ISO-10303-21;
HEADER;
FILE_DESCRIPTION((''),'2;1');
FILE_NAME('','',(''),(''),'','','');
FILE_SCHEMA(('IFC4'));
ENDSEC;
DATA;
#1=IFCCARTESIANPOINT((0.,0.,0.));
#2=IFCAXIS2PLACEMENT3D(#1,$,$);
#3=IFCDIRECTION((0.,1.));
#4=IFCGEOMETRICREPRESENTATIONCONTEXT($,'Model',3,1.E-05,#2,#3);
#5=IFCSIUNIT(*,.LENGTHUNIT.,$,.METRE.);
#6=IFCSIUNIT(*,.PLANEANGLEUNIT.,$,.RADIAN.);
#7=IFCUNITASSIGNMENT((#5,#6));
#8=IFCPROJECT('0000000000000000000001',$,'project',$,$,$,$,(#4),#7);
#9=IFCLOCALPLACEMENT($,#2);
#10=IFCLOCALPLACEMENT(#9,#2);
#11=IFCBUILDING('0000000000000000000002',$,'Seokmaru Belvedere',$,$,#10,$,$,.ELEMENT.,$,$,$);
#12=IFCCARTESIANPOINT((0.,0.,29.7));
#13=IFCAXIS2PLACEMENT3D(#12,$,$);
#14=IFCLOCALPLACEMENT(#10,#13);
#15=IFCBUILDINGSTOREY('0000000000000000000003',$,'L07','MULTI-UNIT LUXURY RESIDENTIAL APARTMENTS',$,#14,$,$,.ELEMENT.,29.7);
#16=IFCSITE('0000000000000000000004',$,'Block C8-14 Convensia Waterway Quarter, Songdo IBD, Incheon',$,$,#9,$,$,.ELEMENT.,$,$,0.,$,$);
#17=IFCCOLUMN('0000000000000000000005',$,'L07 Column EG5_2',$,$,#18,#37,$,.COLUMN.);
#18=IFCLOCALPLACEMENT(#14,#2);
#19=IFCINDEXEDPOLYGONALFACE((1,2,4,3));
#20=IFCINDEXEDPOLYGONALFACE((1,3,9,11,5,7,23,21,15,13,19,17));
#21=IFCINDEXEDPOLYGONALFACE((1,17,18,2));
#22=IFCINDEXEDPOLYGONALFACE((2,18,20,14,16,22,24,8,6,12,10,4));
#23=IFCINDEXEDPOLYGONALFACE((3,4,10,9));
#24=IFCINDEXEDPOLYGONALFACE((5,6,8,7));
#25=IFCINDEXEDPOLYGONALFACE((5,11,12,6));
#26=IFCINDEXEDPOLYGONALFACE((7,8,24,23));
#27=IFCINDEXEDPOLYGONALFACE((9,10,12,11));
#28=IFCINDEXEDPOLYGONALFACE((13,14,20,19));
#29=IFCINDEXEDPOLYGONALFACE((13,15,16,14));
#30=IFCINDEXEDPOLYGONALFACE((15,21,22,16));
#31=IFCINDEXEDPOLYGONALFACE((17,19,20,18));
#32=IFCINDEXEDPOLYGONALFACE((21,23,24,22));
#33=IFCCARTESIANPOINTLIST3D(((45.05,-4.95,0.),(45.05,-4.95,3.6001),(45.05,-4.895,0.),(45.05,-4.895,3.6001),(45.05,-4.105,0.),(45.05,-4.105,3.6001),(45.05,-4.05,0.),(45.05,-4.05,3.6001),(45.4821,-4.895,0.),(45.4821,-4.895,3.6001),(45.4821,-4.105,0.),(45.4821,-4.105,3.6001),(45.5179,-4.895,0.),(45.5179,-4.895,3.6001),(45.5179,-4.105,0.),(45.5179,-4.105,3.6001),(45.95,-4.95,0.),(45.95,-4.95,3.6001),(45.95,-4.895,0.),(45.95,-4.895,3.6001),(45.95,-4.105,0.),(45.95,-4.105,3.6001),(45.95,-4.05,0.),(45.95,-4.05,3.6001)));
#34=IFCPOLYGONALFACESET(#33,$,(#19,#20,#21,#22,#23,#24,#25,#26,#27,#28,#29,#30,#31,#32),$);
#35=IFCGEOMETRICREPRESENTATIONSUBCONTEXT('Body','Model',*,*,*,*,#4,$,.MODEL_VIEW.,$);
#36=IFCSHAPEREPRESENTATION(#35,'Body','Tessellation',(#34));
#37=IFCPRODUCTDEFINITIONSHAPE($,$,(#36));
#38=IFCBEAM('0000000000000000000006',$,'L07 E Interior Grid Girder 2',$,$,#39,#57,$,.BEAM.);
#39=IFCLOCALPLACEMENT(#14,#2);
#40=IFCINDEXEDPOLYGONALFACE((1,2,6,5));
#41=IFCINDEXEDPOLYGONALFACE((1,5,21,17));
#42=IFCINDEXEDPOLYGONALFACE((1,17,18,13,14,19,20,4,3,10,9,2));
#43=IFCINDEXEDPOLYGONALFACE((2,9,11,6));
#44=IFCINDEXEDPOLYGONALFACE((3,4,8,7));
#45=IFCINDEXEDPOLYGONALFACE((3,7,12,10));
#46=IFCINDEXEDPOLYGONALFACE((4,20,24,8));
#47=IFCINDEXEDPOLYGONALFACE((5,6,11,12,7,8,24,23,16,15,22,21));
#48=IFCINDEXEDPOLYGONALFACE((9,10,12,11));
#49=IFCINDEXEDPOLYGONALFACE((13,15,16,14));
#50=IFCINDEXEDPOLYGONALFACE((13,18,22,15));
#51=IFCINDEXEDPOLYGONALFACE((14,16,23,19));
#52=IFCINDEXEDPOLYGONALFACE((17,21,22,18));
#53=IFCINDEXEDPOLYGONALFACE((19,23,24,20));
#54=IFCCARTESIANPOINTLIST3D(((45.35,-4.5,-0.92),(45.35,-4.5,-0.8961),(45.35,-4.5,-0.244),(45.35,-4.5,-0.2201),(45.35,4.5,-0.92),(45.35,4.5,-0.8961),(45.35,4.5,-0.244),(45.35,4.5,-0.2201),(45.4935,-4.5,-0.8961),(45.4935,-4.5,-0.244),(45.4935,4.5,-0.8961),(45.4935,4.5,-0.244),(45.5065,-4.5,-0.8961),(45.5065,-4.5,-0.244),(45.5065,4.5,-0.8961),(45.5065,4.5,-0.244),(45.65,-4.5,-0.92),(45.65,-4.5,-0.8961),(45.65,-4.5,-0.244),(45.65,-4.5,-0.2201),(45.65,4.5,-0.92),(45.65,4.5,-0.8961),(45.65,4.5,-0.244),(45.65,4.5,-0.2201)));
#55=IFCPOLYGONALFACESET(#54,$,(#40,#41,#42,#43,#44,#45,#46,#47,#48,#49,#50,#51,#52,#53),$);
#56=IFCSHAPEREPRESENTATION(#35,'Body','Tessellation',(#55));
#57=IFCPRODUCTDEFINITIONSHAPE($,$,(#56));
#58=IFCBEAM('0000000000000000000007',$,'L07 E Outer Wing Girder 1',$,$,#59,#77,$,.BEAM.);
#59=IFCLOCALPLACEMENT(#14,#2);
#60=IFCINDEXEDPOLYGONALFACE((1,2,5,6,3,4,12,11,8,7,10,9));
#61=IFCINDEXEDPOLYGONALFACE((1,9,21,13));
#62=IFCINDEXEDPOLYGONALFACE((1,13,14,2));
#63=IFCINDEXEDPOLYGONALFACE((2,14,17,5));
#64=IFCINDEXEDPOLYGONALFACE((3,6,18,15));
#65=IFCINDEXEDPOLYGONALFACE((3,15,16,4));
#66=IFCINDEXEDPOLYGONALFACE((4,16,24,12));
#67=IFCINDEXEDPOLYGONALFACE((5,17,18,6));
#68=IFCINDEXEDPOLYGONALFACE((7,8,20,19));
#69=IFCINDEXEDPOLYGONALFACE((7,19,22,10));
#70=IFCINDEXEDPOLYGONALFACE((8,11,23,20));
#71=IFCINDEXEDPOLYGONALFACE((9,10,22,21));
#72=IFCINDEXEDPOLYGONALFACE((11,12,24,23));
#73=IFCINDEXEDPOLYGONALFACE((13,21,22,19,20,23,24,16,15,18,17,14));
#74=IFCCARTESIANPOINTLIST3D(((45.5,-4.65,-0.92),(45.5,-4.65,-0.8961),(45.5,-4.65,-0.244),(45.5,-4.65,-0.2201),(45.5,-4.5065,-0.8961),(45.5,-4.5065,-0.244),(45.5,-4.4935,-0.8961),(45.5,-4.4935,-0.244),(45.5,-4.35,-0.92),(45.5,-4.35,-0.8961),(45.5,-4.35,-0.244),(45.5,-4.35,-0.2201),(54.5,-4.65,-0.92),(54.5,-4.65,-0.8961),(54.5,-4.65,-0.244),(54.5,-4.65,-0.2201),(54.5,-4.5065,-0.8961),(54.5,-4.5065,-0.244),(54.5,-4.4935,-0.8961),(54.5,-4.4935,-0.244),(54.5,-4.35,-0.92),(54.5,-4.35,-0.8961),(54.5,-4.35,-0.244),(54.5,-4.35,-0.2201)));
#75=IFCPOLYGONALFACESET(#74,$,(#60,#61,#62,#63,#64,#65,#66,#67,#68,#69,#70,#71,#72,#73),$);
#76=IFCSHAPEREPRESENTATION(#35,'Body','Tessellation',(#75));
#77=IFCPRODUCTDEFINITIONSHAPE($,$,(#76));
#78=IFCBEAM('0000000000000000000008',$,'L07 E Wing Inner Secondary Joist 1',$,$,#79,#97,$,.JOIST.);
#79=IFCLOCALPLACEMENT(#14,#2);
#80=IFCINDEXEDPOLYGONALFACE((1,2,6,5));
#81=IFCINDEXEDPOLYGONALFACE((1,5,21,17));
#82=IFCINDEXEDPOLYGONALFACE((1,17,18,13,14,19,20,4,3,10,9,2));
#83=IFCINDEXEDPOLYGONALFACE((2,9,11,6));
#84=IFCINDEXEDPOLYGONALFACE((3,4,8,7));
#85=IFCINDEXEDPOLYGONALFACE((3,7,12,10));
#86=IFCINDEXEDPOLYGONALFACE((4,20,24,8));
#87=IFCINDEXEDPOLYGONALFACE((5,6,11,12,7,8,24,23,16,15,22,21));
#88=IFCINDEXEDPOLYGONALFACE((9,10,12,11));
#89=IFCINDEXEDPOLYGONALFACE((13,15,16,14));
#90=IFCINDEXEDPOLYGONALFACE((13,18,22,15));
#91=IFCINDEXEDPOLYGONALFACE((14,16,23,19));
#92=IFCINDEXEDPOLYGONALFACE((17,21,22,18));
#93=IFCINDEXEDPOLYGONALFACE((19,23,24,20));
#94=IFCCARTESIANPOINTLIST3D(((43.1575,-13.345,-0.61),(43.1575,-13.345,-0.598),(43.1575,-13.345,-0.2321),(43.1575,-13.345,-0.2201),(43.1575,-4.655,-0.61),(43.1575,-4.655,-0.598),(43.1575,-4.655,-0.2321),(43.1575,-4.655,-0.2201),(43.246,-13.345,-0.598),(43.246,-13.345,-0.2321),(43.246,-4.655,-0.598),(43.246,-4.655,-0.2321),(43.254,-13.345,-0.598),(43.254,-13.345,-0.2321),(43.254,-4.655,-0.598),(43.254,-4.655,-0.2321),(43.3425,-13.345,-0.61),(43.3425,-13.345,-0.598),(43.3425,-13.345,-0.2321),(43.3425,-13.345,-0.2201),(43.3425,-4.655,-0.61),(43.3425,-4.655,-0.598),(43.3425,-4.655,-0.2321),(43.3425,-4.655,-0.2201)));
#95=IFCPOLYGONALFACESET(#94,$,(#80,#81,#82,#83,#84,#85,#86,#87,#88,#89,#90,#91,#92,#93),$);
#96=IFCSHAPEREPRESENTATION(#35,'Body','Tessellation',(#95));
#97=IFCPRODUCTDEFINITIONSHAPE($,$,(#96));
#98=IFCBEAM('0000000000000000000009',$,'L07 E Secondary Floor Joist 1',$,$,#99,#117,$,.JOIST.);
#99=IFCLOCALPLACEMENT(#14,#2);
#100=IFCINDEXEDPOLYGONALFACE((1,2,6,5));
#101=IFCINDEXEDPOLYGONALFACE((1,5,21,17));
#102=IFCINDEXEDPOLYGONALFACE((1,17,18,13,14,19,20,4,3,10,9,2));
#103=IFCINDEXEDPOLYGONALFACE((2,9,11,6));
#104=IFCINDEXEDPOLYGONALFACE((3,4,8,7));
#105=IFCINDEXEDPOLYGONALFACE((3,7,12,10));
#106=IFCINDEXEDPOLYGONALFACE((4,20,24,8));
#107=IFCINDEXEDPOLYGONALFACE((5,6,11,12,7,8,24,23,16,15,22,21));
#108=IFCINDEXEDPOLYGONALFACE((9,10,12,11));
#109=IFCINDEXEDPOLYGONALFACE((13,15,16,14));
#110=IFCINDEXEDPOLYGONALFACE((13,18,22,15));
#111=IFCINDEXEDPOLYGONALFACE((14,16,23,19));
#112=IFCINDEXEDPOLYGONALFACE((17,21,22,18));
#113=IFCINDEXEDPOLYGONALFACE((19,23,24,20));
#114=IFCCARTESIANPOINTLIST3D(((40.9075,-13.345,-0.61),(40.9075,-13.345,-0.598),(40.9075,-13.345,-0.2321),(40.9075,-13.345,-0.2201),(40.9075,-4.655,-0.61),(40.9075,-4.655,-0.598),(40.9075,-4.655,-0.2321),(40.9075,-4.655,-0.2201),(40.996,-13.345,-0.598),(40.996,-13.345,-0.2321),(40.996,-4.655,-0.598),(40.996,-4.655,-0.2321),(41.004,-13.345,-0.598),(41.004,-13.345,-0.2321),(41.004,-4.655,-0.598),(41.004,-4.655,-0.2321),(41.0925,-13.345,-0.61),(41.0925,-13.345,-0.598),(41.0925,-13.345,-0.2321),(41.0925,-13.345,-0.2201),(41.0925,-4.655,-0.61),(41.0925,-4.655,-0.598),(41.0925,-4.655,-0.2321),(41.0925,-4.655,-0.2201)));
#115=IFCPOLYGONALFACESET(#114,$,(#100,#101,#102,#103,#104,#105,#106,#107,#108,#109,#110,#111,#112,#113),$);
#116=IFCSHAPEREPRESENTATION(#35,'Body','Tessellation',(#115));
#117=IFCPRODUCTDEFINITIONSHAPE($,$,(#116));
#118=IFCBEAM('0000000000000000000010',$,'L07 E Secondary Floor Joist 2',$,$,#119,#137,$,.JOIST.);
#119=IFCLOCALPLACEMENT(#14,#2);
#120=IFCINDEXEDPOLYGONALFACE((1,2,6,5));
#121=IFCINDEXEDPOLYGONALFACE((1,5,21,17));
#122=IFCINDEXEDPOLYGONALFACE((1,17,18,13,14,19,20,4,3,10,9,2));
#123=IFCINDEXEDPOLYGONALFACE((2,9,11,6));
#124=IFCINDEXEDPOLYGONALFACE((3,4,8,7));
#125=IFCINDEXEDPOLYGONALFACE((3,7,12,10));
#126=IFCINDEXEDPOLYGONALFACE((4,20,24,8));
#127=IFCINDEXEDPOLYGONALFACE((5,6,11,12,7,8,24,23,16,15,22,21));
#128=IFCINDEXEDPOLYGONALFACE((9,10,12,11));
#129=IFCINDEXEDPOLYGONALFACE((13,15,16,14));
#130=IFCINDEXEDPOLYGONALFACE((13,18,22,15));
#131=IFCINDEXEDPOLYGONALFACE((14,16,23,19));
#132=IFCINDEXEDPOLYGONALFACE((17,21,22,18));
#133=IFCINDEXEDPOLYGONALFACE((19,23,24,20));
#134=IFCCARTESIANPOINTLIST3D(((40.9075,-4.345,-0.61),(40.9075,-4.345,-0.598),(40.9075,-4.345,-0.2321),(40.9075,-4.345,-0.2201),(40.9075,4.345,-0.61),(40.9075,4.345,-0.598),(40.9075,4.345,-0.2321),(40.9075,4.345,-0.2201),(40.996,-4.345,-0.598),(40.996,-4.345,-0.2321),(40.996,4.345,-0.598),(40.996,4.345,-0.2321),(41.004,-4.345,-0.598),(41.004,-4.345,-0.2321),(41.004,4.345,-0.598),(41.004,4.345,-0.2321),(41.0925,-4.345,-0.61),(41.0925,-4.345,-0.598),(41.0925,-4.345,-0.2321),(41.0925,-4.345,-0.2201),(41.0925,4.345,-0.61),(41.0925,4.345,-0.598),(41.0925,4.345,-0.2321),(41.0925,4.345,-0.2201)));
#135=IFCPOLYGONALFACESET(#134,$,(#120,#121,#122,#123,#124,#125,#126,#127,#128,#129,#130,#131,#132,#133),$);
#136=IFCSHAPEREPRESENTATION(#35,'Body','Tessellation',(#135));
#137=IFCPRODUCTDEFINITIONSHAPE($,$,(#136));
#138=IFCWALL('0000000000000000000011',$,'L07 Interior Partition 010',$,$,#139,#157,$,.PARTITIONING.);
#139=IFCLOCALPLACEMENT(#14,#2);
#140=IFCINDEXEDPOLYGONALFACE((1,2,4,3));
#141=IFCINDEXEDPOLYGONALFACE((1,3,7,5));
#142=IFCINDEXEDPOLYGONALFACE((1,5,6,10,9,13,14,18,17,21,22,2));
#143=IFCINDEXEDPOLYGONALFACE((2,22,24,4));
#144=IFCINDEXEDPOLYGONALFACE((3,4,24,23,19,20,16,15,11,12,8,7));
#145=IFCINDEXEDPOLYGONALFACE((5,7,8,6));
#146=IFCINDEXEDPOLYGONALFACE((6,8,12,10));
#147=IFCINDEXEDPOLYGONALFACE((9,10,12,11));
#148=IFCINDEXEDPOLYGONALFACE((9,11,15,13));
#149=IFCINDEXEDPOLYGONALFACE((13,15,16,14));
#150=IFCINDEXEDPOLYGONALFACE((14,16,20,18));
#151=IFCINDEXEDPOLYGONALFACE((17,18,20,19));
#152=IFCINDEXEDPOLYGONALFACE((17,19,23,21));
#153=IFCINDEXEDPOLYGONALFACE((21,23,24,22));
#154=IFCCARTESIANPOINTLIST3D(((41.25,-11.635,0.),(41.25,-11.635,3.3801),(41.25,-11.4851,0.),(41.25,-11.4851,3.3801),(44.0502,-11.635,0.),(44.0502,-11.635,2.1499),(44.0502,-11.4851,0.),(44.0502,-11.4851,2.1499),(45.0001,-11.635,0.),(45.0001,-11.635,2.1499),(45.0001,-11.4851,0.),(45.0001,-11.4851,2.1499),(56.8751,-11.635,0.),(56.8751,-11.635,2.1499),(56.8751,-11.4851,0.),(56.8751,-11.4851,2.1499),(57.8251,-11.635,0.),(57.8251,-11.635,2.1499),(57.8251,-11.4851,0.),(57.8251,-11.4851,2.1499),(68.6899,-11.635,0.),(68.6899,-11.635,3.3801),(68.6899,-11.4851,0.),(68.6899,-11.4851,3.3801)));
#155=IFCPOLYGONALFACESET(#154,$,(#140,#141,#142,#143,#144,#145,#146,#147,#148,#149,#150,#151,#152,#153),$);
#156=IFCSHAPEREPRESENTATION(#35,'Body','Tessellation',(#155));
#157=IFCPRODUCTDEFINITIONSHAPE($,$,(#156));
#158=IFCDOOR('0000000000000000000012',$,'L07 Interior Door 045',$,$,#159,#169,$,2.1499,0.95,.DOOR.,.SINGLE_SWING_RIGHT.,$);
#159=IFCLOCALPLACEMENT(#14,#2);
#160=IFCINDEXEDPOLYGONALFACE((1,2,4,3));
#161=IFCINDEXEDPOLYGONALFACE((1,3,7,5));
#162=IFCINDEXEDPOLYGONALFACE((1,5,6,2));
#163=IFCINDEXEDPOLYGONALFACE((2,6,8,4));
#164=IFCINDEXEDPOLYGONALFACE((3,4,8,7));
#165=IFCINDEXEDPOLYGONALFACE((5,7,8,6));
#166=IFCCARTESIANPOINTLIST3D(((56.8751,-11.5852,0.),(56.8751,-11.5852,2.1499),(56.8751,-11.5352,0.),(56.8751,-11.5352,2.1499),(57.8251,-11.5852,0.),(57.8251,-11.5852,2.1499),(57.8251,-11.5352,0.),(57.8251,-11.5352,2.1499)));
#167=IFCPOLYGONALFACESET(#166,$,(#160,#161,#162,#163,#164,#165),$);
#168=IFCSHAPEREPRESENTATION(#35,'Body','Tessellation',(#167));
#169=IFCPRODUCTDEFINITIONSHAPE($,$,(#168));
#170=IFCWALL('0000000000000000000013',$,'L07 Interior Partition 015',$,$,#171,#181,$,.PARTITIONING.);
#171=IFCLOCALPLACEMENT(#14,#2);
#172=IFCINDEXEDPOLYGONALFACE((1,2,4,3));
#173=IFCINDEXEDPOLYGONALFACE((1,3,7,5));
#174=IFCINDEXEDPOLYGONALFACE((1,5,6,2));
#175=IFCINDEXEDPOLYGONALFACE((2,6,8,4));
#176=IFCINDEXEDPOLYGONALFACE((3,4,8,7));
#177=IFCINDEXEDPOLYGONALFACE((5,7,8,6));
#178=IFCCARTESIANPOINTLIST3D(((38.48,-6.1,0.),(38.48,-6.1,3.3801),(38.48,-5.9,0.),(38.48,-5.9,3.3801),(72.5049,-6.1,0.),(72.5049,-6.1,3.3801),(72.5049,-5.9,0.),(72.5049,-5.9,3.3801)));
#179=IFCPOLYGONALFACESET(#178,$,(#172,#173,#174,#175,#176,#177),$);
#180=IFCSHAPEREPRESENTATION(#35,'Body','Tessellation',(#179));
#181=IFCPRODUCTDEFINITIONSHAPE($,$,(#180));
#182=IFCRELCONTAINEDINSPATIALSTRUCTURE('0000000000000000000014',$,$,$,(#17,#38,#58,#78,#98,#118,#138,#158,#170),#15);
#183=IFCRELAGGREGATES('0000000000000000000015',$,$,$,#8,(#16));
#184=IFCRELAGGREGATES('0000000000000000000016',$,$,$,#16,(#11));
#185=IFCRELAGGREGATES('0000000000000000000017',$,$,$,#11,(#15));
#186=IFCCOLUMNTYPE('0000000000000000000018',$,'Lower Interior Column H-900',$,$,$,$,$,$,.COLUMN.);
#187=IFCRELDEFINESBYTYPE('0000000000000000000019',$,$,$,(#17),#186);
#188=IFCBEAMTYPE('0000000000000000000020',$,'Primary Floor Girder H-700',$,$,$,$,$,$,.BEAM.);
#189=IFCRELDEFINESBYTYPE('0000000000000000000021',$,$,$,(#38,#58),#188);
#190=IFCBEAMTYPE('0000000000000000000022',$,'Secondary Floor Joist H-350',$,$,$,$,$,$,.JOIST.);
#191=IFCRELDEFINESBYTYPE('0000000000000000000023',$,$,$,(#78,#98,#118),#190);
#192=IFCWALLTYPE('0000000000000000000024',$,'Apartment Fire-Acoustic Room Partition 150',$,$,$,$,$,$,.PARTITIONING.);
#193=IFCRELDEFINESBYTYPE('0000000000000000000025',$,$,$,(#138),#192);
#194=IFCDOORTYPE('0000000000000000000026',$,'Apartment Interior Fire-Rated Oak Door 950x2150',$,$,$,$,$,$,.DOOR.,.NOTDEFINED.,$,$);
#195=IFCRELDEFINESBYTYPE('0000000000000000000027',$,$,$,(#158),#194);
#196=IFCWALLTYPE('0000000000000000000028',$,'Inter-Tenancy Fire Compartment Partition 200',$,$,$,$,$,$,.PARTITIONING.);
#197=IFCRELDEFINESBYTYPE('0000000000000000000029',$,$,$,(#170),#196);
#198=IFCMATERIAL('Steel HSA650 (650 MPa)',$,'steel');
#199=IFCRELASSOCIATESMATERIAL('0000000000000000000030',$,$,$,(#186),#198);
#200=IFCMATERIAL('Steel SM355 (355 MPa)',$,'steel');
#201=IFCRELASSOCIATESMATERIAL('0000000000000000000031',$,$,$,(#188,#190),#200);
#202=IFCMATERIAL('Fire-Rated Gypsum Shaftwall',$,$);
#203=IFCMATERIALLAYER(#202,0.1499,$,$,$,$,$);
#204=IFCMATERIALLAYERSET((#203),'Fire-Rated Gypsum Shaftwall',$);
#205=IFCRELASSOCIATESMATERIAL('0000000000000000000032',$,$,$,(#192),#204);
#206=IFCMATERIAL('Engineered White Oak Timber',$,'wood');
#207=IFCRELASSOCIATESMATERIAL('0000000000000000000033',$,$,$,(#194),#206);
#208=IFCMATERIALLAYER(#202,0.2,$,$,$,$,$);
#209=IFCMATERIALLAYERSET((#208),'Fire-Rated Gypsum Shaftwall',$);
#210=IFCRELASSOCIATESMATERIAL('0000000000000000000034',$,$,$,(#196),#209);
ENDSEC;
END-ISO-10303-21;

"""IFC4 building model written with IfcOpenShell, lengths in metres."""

from ifc_helpers import new_model, si_unit, direction, frame, frame_2d, origin, origin_2d, place, context, subcontext, project, spatial, rectangle, i_section, extrude, source, transform, mapped, material, layer, layer_set, material_profile, profile_set, type_object, type_shapes, element, fill, save


model = new_model("IFC4")

# Units and contexts
model_context = context("Model", 3, precision=1e-05, world=origin(), true_north=direction((0.0, 1.0)))
body_context = subcontext(model_context, "Body", "Model", "MODEL_VIEW")
ifc_project = project(units=[si_unit("LENGTHUNIT", "METRE"), si_unit("PLANEANGLEUNIT", "RADIAN")], contexts=[model_context])

# Site, building, storey
site_placement = place(None, origin())
site = spatial("IfcSite", under=ifc_project, at=site_placement, Name="Block C8-14 Convensia Waterway Quarter, Songdo IBD, Incheon", CompositionType="ELEMENT", RefElevation=0.0)
building_placement = place(site_placement, origin())
building = spatial("IfcBuilding", under=site, at=building_placement, Name="Seokmaru Belvedere", CompositionType="ELEMENT")
storey_placement = place(building_placement, frame((0.0, 0.0, 29.7)))
storey = spatial("IfcBuildingStorey", under=building, at=storey_placement, Name="L07", Description="MULTI-UNIT LUXURY RESIDENTIAL APARTMENTS", CompositionType="ELEMENT", Elevation=29.7)

# Column
ifc_material_1 = material(Name="Steel HSA650 (650 MPa)", Category="steel")
ifc_material_profile_1 = material_profile(ifc_material_1, i_section(OverallWidth=0.8999, OverallDepth=0.8999, WebThickness=0.0359, FlangeThickness=0.0549, at=origin_2d()), Name="H-900x900x36x55")
ifc_profile_set_1 = profile_set([ifc_material_profile_1], Name="Steel HSA650 (650 MPa)")
column_type = type_object("IfcColumnType", Name="Lower Interior Column H-900", PredefinedType="COLUMN", material=ifc_profile_set_1)
shared_shape_1 = source(origin(), body_context, "Body", "SweptSolid", [
    extrude(i_section(OverallWidth=0.8999, OverallDepth=0.8999, WebThickness=0.0359, FlangeThickness=0.0549, at=origin_2d()), origin(), (0.0, 0.0, 1.0), 3.6001),
])
type_shapes(column_type, [shared_shape_1])
column_placement = place(storey_placement, frame((45.5, -4.5, 0.0), z_axis=(0.0, 0.0, 1.0), x_axis=(1.0, 0.0, 0.0)))
element("IfcColumn", 1, at=column_placement, inside=storey, type_object=column_type, Name="L07 Column EG5_2", PredefinedType="COLUMN", context=body_context, shape_type="MappedRepresentation", body=[
    mapped(shared_shape_1, transform((0.0, 0.0, 0.0), scale=1.0)),
])

# Beams
ifc_material_2 = material(Name="Steel SM355 (355 MPa)", Category="steel")
ifc_material_profile_2 = material_profile(ifc_material_2, i_section(OverallWidth=0.3, OverallDepth=0.7, WebThickness=0.0129, FlangeThickness=0.0239, at=origin_2d()), Name="H-700x300x13x24")
ifc_profile_set_2 = profile_set([ifc_material_profile_2], Name="Steel SM355 (355 MPa)")
beam_type_1 = type_object("IfcBeamType", Name="Primary Floor Girder H-700", PredefinedType="BEAM", material=ifc_profile_set_2)
shared_shape_2 = source(origin(), body_context, "Body", "SweptSolid", [
    extrude(i_section(OverallWidth=0.3, OverallDepth=0.7, WebThickness=0.0129, FlangeThickness=0.0239, at=origin_2d()), origin(), (0.0, 0.0, 1.0), 9.0),
])
type_shapes(beam_type_1, [shared_shape_2])
for number, where, z_axis, x_axis, name in (
    (2, (45.5, -4.5, -0.5701), (0.0, 1.0, 0.0), (-1.0, 0.0, 0.0), "L07 E Interior Grid Girder 2"),
    (3, (45.5, -4.5, -0.5701), (1.0, 0.0, 0.0), (0.0, 1.0, 0.0), "L07 E Outer Wing Girder 1"),
):
    element("IfcBeam", number, at=place(storey_placement, frame(where, z_axis=z_axis, x_axis=x_axis)), inside=storey, type_object=beam_type_1, Name=name, PredefinedType="BEAM", context=body_context, shape_type="MappedRepresentation", body=[
        mapped(shared_shape_2, transform((0.0, 0.0, 0.0), scale=1.0)),
    ])
ifc_material_profile_3 = material_profile(ifc_material_2, i_section(OverallWidth=0.1851, OverallDepth=0.3899, WebThickness=0.0081, FlangeThickness=0.012, at=origin_2d()), Name="H-390x185x8x12")
ifc_profile_set_3 = profile_set([ifc_material_profile_3], Name="Steel SM355 (355 MPa)")
beam_type_2 = type_object("IfcBeamType", Name="Secondary Floor Joist H-350", PredefinedType="JOIST", material=ifc_profile_set_3)
shared_shape_3 = source(origin(), body_context, "Body", "SweptSolid", [
    extrude(i_section(OverallWidth=0.1851, OverallDepth=0.3899, WebThickness=0.0081, FlangeThickness=0.012, at=origin_2d()), origin(), (0.0, 0.0, 1.0), 8.6899),
])
type_shapes(beam_type_2, [shared_shape_3])
for number, where, z_axis, x_axis, name in (
    (4, (43.25, -13.345, -0.415), (0.0, 1.0, 0.0), (-1.0, 0.0, 0.0), "L07 E Wing Inner Secondary Joist 1"),
    (5, (41.0, -13.345, -0.415), (0.0, 1.0, 0.0), (-1.0, 0.0, 0.0), "L07 E Secondary Floor Joist 1"),
    (6, (41.0, -4.345, -0.415), (0.0, 1.0, 0.0), (-1.0, 0.0, 0.0), "L07 E Secondary Floor Joist 2"),
):
    element("IfcBeam", number, at=place(storey_placement, frame(where, z_axis=z_axis, x_axis=x_axis)), inside=storey, type_object=beam_type_2, Name=name, PredefinedType="JOIST", context=body_context, shape_type="MappedRepresentation", body=[
        mapped(shared_shape_3, transform((0.0, 0.0, 0.0), scale=1.0)),
    ])

# Shared definitions
ifc_material_3 = material(Name="Fire-Rated Gypsum Shaftwall")
ifc_layer_1 = layer(ifc_material_3, 0.1499)
ifc_layer_set_1 = layer_set([ifc_layer_1], Name="Fire-Rated Gypsum Shaftwall")
wall_type_1 = type_object("IfcWallType", Name="Apartment Fire-Acoustic Room Partition 150", PredefinedType="PARTITIONING", material=ifc_layer_set_1)

# Wall, openings, door
wall_1_placement = place(storey_placement, frame((41.25, -11.5601, 0.0), z_axis=(0.0, 0.0, 1.0), x_axis=(1.0, 0.0, 0.0)))
wall_1 = element("IfcWall", 7, at=wall_1_placement, inside=storey, type_object=wall_type_1, Name="L07 Interior Partition 010", PredefinedType="PARTITIONING", context=body_context, shape_type="SweptSolid", body=[
    extrude(rectangle(XDim=27.4399, YDim=0.1499, at=frame_2d((13.72, 0.0))), origin(), (0.0, 0.0, 1.0), 3.3801),
])
opening_1_placement = place(wall_1_placement, frame((2.8, 0.0, 0.0)))
element("IfcOpeningElement", 8, at=opening_1_placement, cuts=wall_1, PredefinedType="OPENING", context=body_context, shape_type="SweptSolid", body=[
    extrude(rectangle(XDim=0.95, YDim=2.1499, at=frame_2d((0.4751, 1.075))), frame((0.0, 0.085, 0.0), z_axis=(0.0, -1.0, 0.0), x_axis=(1.0, 0.0, 0.0)), (0.0, 0.0, 1.0), 0.1699),
])
opening_2_placement = place(wall_1_placement, frame((15.625, 0.0, 0.0)))
opening_2 = element("IfcOpeningElement", 9, at=opening_2_placement, cuts=wall_1, PredefinedType="OPENING", context=body_context, shape_type="SweptSolid", body=[
    extrude(rectangle(XDim=0.95, YDim=2.1499, at=frame_2d((0.4751, 1.075))), frame((0.0, 0.085, 0.0), z_axis=(0.0, -1.0, 0.0), x_axis=(1.0, 0.0, 0.0)), (0.0, 0.0, 1.0), 0.1699),
])
ifc_material_4 = material(Name="Engineered White Oak Timber", Category="wood")
door_type_1 = type_object("IfcDoorType", Name="Apartment Interior Fire-Rated Oak Door 950x2150", OperationType="NOTDEFINED", PredefinedType="DOOR", material=ifc_material_4)
shared_shape_4 = source(origin(), body_context, "Body", "SweptSolid", [
    extrude(rectangle(XDim=0.95, YDim=2.1499, at=frame_2d((0.4751, 1.075))), frame((0.0, 0.0249, 0.0), z_axis=(0.0, -1.0, 0.0), x_axis=(1.0, 0.0, 0.0)), (0.0, 0.0, 1.0), 0.05),
])
type_shapes(door_type_1, [shared_shape_4])
door_1_placement = place(opening_2_placement, origin())
door_1 = element("IfcDoor", 10, at=door_1_placement, inside=storey, type_object=door_type_1, Name="L07 Interior Door 045", OperationType="SINGLE_SWING_RIGHT", OverallHeight=2.1499, OverallWidth=0.95, PredefinedType="DOOR", context=body_context, shape_type="MappedRepresentation", body=[
    mapped(shared_shape_4, transform((0.0, 0.0, 0.0), scale=1.0)),
])
fill(opening_2, door_1)

# Wall
ifc_layer_2 = layer(ifc_material_3, 0.2)
ifc_layer_set_2 = layer_set([ifc_layer_2], Name="Fire-Rated Gypsum Shaftwall")
wall_type_2 = type_object("IfcWallType", Name="Inter-Tenancy Fire Compartment Partition 200", PredefinedType="PARTITIONING", material=ifc_layer_set_2)
wall_2_placement = place(storey_placement, frame((38.48, -6.0, 0.0), z_axis=(0.0, 0.0, 1.0), x_axis=(1.0, 0.0, 0.0)))
element("IfcWall", 11, at=wall_2_placement, inside=storey, type_object=wall_type_2, Name="L07 Interior Partition 015", PredefinedType="PARTITIONING", context=body_context, shape_type="SweptSolid", body=[
    extrude(rectangle(XDim=34.0249, YDim=0.2, at=frame_2d((17.0125, 0.0))), origin(), (0.0, 0.0, 1.0), 3.3801),
])

save(model, "model.ifc")
